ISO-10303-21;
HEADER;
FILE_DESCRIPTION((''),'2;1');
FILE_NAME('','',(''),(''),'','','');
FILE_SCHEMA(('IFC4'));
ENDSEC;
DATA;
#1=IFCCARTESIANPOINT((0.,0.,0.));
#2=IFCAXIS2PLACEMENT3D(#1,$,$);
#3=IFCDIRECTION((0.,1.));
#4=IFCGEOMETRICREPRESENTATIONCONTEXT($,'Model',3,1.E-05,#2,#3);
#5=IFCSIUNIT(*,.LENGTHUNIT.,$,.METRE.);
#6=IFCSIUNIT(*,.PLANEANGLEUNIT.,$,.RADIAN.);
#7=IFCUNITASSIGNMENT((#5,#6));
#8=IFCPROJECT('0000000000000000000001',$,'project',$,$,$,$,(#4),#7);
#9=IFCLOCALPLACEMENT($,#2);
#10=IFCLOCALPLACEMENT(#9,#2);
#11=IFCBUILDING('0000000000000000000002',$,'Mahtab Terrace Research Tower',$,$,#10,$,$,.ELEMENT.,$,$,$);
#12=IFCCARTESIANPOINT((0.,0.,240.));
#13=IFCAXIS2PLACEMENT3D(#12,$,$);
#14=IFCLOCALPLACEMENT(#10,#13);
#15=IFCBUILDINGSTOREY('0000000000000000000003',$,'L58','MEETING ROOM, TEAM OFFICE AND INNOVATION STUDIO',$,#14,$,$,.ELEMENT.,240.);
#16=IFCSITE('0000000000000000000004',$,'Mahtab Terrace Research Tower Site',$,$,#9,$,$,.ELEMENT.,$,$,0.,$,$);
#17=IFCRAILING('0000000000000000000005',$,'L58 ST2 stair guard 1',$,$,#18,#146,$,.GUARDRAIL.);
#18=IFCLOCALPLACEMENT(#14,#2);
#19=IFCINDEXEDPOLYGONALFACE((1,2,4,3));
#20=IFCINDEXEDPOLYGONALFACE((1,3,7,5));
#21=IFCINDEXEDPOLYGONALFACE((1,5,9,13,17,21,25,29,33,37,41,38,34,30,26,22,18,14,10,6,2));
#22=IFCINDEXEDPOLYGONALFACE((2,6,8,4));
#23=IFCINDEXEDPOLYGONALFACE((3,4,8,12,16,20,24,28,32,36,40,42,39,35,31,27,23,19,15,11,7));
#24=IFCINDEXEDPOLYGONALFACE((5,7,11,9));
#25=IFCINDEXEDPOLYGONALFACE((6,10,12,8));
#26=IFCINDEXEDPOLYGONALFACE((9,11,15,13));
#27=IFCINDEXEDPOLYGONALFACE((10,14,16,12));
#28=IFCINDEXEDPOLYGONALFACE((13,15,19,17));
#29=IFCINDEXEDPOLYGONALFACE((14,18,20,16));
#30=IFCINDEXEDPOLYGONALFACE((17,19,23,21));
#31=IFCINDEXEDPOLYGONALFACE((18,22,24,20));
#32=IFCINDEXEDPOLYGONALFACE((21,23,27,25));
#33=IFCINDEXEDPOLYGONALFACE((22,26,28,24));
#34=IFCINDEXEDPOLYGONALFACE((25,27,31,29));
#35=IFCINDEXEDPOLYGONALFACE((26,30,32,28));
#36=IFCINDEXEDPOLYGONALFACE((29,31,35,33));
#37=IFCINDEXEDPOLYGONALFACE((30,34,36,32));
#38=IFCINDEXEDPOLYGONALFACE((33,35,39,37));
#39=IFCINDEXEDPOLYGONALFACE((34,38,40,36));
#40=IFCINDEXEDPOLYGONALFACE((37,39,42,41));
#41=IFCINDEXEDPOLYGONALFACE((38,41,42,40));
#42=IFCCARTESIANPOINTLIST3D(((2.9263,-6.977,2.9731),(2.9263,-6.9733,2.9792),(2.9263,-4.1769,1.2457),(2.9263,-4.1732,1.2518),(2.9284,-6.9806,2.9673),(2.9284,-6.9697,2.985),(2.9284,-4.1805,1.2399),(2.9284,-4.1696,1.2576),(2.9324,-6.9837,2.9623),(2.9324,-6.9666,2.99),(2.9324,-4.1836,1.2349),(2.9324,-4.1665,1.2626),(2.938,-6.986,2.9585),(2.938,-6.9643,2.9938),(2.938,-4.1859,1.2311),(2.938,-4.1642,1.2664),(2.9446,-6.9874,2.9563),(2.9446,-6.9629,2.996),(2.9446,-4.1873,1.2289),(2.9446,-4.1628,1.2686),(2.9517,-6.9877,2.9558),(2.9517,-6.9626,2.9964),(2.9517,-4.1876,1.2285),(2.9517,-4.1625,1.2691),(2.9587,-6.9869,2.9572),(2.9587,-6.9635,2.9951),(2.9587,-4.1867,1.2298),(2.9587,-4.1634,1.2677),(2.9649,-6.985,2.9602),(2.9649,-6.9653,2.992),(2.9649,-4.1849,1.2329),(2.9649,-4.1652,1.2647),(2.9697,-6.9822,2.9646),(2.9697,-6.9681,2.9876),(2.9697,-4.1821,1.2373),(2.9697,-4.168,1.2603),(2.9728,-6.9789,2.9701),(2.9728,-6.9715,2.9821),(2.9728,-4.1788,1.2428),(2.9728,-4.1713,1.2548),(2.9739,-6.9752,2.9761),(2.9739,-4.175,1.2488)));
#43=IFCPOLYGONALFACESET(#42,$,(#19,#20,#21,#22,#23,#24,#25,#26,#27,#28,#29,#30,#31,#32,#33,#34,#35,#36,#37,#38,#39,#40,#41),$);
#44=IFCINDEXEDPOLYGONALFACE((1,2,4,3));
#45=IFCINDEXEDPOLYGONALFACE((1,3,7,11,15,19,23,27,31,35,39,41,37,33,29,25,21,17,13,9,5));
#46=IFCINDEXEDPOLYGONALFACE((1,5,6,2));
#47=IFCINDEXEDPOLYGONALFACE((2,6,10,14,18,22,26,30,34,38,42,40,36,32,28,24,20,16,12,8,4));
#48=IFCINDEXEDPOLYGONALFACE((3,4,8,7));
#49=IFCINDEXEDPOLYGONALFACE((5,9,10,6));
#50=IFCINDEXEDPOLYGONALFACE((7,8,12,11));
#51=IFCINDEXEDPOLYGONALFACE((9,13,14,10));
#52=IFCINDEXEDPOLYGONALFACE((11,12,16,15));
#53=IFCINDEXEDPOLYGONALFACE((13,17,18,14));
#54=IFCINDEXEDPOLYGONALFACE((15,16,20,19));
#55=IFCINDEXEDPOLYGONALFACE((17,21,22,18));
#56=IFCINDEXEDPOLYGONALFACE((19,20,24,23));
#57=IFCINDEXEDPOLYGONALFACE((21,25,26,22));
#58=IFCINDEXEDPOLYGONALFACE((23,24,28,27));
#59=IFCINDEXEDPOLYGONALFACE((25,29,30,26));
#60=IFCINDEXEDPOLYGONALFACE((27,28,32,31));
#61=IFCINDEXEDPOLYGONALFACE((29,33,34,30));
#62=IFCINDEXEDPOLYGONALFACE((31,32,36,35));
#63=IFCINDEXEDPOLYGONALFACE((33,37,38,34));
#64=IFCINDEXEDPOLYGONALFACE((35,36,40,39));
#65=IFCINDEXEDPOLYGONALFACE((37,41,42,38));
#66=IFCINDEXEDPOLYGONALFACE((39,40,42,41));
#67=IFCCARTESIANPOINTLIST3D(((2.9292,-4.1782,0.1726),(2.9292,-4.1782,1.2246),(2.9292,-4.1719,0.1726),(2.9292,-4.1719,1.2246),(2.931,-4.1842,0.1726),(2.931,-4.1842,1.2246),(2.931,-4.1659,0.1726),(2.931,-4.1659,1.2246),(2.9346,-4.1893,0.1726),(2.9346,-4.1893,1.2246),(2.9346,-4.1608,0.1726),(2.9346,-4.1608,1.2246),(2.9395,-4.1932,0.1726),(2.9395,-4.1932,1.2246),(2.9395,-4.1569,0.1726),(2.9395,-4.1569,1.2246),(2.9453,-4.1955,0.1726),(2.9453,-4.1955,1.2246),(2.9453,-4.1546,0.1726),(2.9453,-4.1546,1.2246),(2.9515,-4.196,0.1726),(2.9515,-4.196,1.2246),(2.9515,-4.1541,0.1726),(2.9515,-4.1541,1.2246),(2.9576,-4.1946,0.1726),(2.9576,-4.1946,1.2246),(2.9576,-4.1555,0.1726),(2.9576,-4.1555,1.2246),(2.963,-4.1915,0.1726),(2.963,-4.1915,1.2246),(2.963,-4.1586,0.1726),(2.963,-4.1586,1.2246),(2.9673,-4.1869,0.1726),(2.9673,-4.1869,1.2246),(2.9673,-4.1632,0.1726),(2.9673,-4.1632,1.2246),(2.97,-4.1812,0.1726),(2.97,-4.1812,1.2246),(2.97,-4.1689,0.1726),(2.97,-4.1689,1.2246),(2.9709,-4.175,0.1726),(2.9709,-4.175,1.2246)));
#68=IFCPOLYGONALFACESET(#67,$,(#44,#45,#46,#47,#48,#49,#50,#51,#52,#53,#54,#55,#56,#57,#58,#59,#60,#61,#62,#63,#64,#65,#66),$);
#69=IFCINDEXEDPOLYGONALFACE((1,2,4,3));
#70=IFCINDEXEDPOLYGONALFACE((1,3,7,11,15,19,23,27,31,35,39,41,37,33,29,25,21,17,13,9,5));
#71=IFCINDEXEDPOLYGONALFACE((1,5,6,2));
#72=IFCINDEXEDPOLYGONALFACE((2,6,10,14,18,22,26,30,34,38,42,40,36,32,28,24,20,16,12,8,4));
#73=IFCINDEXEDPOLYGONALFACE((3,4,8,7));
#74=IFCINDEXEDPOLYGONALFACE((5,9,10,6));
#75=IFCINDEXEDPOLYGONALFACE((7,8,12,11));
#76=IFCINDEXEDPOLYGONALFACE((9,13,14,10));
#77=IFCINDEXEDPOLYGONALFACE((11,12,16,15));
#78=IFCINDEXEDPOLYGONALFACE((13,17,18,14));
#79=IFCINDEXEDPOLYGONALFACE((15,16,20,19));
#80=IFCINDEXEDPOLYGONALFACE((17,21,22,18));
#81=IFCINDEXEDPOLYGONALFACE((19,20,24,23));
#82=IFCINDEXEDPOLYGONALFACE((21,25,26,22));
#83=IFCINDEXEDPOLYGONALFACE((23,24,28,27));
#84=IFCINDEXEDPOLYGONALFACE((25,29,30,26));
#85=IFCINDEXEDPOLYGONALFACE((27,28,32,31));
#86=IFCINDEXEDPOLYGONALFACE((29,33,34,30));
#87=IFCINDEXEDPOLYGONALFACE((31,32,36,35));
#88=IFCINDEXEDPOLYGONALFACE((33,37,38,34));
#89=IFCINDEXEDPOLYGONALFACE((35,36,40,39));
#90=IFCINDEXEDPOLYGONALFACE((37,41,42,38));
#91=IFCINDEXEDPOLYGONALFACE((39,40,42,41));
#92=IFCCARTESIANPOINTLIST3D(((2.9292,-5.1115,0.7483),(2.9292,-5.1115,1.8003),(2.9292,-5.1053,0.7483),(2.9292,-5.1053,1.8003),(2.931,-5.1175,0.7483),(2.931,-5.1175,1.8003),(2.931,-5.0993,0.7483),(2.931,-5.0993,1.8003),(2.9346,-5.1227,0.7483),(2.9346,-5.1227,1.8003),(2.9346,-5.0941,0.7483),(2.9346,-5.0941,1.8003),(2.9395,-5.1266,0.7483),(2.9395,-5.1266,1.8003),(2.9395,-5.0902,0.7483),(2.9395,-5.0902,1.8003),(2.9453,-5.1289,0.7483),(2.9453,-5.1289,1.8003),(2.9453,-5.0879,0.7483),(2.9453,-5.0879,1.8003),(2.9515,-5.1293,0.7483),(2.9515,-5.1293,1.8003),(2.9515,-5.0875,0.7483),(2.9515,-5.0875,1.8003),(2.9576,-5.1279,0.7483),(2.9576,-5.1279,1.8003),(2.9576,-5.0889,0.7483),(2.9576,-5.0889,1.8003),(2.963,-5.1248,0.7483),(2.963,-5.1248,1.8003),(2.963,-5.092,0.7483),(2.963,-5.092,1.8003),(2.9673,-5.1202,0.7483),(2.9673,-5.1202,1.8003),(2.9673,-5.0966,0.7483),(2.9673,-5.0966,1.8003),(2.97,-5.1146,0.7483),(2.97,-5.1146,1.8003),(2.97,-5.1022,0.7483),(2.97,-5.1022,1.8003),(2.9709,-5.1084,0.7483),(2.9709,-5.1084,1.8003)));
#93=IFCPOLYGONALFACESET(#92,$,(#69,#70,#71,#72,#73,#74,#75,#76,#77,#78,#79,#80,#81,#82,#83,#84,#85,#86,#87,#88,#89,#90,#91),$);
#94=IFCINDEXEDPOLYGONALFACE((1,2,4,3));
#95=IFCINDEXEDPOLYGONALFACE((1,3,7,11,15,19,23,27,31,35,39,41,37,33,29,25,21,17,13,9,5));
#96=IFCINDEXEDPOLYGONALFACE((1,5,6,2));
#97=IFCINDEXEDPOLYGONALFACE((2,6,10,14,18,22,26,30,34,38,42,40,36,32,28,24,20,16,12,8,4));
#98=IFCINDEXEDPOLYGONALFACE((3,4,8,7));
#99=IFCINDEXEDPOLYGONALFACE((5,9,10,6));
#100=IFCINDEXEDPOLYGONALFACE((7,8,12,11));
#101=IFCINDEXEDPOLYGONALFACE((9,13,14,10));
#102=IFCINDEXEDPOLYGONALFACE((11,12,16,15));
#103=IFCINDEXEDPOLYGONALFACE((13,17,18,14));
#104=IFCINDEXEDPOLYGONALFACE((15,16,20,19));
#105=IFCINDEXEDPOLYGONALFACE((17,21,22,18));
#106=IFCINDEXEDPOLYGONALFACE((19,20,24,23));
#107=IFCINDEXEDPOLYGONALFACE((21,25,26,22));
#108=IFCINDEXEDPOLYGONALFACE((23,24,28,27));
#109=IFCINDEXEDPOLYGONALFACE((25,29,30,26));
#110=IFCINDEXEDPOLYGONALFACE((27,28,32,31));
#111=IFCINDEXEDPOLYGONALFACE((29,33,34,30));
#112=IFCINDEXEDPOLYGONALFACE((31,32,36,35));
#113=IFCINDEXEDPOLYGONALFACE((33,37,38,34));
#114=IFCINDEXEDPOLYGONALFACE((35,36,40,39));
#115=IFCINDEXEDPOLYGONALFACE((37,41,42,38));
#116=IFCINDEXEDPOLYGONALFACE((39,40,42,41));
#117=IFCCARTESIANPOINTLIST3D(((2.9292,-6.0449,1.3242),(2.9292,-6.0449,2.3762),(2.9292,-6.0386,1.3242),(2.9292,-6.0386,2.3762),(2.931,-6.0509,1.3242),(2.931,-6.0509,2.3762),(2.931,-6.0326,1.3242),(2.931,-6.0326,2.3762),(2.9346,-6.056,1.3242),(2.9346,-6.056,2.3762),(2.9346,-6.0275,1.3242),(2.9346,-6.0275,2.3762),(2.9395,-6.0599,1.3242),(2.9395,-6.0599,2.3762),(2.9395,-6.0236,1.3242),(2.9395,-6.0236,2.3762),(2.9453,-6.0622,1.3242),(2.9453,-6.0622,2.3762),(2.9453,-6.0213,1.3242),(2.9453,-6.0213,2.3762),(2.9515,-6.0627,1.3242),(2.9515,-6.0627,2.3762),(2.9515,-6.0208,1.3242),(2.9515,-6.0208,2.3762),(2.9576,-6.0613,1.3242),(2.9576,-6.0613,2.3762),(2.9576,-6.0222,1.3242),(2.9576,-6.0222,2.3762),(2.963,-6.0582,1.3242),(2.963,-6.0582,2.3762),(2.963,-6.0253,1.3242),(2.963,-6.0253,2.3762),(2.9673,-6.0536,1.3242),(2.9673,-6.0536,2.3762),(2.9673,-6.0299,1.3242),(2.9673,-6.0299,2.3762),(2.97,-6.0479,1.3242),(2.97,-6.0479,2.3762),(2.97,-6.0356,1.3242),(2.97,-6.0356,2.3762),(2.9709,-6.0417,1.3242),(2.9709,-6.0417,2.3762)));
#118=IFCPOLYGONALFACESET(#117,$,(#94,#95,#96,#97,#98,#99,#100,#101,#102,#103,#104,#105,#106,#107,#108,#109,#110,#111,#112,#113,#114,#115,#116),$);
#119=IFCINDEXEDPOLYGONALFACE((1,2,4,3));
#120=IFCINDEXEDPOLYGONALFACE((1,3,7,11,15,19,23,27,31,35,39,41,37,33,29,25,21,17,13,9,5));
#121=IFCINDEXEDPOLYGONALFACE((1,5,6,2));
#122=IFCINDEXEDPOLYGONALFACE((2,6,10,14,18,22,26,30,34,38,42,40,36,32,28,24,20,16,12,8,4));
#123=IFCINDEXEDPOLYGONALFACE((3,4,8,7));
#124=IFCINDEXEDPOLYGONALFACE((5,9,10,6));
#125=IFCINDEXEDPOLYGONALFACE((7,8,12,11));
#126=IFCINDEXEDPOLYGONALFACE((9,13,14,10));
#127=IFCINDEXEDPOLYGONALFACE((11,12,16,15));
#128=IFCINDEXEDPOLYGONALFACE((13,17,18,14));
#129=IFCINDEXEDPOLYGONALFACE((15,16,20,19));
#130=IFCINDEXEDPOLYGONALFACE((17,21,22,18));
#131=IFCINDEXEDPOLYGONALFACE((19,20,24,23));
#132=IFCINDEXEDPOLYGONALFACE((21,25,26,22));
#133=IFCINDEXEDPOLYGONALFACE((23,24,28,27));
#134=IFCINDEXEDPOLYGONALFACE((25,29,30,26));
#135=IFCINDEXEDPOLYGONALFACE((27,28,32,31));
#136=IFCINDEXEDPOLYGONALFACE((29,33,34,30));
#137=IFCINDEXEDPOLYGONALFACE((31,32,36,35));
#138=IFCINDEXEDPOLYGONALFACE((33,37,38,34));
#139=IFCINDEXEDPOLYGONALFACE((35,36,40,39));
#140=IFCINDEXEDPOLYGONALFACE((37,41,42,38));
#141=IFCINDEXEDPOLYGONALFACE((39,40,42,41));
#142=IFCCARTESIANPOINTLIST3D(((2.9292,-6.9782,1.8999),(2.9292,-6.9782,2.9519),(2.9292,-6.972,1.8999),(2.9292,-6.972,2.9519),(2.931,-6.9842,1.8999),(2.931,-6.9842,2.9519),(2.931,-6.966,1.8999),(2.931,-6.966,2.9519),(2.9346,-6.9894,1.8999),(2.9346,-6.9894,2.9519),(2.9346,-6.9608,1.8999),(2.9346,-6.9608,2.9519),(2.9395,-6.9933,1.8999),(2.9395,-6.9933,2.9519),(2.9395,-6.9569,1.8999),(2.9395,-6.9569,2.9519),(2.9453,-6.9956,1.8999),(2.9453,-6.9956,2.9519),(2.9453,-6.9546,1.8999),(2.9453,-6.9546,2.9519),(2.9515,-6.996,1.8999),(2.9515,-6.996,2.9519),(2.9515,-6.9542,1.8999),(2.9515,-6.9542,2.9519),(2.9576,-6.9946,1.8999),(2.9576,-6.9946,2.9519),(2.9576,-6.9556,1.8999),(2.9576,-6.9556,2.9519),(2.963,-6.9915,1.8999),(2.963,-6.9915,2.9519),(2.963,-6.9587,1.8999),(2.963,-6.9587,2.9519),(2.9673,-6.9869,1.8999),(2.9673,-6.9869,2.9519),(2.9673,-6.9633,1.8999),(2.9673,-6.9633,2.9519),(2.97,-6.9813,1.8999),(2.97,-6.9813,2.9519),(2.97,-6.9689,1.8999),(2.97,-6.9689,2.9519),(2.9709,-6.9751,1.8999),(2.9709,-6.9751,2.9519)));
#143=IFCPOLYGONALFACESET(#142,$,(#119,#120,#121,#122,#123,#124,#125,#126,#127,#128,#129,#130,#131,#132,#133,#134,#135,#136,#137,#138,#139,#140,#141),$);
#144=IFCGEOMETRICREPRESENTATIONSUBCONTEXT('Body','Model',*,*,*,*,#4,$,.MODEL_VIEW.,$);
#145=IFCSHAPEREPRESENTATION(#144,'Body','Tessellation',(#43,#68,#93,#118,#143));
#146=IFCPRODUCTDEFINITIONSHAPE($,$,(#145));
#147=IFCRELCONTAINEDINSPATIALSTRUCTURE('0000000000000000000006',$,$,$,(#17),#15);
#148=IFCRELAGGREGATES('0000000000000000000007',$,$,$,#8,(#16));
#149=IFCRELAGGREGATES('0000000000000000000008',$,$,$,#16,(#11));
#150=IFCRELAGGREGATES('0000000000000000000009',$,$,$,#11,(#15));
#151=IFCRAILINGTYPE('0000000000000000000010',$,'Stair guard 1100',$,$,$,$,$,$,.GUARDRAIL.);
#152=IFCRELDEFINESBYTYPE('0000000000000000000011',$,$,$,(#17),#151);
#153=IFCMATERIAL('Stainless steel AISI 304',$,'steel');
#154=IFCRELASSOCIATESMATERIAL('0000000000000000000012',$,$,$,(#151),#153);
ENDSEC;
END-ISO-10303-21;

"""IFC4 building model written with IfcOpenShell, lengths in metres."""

from ifc_helpers import new_model, si_unit, direction, frame, origin, origin_2d, place, context, subcontext, project, spatial, circle, extrude, material, type_object, element, save


model = new_model("IFC4")

# Units and contexts
model_context = context("Model", 3, precision=1e-05, world=origin(), true_north=direction((0.0, 1.0)))
body_context = subcontext(model_context, "Body", "Model", "MODEL_VIEW")
ifc_project = project(units=[si_unit("LENGTHUNIT", "METRE"), si_unit("PLANEANGLEUNIT", "RADIAN")], contexts=[model_context])

# Site, building, storey
site_placement = place(None, origin())
site = spatial("IfcSite", under=ifc_project, at=site_placement, Name="Mahtab Terrace Research Tower Site", CompositionType="ELEMENT", RefElevation=0.0)
building_placement = place(site_placement, origin())
building = spatial("IfcBuilding", under=site, at=building_placement, Name="Mahtab Terrace Research Tower", CompositionType="ELEMENT")
storey_placement = place(building_placement, frame((0.0, 0.0, 240.0)))
storey = spatial("IfcBuildingStorey", under=building, at=storey_placement, Name="L58", Description="MEETING ROOM, TEAM OFFICE AND INNOVATION STUDIO", CompositionType="ELEMENT", Elevation=240.0)

# Railing
ifc_material_1 = material(Name="Stainless steel AISI 304", Category="steel")
railing_type_1 = type_object("IfcRailingType", Name="Stair guard 1100", PredefinedType="GUARDRAIL", material=ifc_material_1)
railing_1_placement = place(storey_placement, frame((2.95, -4.175, 0.1726)))
element("IfcRailing", 1, at=railing_1_placement, inside=storey, type_object=railing_type_1, Name="L58 ST2 stair guard 1", PredefinedType="GUARDRAIL", context=body_context, shape_type="SweptSolid", body=[
    extrude(circle(Radius=0.0239, at=origin_2d()), frame((0.0, 0.0, 1.0762), z_axis=(0.0, -0.85109, 0.52502), x_axis=(1.0, 0.0, 0.0)), (0.0, 0.0, 1.0), 3.29),
    extrude(circle(Radius=0.021, at=origin_2d()), origin(), (0.0, 0.0, 1.0), 1.052),
    extrude(circle(Radius=0.021, at=origin_2d()), frame((0.0, -0.9333, 0.5757)), (0.0, 0.0, 1.0), 1.052),
    extrude(circle(Radius=0.021, at=origin_2d()), frame((0.0, -1.8667, 1.1516)), (0.0, 0.0, 1.0), 1.052),
    extrude(circle(Radius=0.021, at=origin_2d()), frame((0.0, -2.8, 1.7273)), (0.0, 0.0, 1.0), 1.052),
])

save(model, "model.ifc")
